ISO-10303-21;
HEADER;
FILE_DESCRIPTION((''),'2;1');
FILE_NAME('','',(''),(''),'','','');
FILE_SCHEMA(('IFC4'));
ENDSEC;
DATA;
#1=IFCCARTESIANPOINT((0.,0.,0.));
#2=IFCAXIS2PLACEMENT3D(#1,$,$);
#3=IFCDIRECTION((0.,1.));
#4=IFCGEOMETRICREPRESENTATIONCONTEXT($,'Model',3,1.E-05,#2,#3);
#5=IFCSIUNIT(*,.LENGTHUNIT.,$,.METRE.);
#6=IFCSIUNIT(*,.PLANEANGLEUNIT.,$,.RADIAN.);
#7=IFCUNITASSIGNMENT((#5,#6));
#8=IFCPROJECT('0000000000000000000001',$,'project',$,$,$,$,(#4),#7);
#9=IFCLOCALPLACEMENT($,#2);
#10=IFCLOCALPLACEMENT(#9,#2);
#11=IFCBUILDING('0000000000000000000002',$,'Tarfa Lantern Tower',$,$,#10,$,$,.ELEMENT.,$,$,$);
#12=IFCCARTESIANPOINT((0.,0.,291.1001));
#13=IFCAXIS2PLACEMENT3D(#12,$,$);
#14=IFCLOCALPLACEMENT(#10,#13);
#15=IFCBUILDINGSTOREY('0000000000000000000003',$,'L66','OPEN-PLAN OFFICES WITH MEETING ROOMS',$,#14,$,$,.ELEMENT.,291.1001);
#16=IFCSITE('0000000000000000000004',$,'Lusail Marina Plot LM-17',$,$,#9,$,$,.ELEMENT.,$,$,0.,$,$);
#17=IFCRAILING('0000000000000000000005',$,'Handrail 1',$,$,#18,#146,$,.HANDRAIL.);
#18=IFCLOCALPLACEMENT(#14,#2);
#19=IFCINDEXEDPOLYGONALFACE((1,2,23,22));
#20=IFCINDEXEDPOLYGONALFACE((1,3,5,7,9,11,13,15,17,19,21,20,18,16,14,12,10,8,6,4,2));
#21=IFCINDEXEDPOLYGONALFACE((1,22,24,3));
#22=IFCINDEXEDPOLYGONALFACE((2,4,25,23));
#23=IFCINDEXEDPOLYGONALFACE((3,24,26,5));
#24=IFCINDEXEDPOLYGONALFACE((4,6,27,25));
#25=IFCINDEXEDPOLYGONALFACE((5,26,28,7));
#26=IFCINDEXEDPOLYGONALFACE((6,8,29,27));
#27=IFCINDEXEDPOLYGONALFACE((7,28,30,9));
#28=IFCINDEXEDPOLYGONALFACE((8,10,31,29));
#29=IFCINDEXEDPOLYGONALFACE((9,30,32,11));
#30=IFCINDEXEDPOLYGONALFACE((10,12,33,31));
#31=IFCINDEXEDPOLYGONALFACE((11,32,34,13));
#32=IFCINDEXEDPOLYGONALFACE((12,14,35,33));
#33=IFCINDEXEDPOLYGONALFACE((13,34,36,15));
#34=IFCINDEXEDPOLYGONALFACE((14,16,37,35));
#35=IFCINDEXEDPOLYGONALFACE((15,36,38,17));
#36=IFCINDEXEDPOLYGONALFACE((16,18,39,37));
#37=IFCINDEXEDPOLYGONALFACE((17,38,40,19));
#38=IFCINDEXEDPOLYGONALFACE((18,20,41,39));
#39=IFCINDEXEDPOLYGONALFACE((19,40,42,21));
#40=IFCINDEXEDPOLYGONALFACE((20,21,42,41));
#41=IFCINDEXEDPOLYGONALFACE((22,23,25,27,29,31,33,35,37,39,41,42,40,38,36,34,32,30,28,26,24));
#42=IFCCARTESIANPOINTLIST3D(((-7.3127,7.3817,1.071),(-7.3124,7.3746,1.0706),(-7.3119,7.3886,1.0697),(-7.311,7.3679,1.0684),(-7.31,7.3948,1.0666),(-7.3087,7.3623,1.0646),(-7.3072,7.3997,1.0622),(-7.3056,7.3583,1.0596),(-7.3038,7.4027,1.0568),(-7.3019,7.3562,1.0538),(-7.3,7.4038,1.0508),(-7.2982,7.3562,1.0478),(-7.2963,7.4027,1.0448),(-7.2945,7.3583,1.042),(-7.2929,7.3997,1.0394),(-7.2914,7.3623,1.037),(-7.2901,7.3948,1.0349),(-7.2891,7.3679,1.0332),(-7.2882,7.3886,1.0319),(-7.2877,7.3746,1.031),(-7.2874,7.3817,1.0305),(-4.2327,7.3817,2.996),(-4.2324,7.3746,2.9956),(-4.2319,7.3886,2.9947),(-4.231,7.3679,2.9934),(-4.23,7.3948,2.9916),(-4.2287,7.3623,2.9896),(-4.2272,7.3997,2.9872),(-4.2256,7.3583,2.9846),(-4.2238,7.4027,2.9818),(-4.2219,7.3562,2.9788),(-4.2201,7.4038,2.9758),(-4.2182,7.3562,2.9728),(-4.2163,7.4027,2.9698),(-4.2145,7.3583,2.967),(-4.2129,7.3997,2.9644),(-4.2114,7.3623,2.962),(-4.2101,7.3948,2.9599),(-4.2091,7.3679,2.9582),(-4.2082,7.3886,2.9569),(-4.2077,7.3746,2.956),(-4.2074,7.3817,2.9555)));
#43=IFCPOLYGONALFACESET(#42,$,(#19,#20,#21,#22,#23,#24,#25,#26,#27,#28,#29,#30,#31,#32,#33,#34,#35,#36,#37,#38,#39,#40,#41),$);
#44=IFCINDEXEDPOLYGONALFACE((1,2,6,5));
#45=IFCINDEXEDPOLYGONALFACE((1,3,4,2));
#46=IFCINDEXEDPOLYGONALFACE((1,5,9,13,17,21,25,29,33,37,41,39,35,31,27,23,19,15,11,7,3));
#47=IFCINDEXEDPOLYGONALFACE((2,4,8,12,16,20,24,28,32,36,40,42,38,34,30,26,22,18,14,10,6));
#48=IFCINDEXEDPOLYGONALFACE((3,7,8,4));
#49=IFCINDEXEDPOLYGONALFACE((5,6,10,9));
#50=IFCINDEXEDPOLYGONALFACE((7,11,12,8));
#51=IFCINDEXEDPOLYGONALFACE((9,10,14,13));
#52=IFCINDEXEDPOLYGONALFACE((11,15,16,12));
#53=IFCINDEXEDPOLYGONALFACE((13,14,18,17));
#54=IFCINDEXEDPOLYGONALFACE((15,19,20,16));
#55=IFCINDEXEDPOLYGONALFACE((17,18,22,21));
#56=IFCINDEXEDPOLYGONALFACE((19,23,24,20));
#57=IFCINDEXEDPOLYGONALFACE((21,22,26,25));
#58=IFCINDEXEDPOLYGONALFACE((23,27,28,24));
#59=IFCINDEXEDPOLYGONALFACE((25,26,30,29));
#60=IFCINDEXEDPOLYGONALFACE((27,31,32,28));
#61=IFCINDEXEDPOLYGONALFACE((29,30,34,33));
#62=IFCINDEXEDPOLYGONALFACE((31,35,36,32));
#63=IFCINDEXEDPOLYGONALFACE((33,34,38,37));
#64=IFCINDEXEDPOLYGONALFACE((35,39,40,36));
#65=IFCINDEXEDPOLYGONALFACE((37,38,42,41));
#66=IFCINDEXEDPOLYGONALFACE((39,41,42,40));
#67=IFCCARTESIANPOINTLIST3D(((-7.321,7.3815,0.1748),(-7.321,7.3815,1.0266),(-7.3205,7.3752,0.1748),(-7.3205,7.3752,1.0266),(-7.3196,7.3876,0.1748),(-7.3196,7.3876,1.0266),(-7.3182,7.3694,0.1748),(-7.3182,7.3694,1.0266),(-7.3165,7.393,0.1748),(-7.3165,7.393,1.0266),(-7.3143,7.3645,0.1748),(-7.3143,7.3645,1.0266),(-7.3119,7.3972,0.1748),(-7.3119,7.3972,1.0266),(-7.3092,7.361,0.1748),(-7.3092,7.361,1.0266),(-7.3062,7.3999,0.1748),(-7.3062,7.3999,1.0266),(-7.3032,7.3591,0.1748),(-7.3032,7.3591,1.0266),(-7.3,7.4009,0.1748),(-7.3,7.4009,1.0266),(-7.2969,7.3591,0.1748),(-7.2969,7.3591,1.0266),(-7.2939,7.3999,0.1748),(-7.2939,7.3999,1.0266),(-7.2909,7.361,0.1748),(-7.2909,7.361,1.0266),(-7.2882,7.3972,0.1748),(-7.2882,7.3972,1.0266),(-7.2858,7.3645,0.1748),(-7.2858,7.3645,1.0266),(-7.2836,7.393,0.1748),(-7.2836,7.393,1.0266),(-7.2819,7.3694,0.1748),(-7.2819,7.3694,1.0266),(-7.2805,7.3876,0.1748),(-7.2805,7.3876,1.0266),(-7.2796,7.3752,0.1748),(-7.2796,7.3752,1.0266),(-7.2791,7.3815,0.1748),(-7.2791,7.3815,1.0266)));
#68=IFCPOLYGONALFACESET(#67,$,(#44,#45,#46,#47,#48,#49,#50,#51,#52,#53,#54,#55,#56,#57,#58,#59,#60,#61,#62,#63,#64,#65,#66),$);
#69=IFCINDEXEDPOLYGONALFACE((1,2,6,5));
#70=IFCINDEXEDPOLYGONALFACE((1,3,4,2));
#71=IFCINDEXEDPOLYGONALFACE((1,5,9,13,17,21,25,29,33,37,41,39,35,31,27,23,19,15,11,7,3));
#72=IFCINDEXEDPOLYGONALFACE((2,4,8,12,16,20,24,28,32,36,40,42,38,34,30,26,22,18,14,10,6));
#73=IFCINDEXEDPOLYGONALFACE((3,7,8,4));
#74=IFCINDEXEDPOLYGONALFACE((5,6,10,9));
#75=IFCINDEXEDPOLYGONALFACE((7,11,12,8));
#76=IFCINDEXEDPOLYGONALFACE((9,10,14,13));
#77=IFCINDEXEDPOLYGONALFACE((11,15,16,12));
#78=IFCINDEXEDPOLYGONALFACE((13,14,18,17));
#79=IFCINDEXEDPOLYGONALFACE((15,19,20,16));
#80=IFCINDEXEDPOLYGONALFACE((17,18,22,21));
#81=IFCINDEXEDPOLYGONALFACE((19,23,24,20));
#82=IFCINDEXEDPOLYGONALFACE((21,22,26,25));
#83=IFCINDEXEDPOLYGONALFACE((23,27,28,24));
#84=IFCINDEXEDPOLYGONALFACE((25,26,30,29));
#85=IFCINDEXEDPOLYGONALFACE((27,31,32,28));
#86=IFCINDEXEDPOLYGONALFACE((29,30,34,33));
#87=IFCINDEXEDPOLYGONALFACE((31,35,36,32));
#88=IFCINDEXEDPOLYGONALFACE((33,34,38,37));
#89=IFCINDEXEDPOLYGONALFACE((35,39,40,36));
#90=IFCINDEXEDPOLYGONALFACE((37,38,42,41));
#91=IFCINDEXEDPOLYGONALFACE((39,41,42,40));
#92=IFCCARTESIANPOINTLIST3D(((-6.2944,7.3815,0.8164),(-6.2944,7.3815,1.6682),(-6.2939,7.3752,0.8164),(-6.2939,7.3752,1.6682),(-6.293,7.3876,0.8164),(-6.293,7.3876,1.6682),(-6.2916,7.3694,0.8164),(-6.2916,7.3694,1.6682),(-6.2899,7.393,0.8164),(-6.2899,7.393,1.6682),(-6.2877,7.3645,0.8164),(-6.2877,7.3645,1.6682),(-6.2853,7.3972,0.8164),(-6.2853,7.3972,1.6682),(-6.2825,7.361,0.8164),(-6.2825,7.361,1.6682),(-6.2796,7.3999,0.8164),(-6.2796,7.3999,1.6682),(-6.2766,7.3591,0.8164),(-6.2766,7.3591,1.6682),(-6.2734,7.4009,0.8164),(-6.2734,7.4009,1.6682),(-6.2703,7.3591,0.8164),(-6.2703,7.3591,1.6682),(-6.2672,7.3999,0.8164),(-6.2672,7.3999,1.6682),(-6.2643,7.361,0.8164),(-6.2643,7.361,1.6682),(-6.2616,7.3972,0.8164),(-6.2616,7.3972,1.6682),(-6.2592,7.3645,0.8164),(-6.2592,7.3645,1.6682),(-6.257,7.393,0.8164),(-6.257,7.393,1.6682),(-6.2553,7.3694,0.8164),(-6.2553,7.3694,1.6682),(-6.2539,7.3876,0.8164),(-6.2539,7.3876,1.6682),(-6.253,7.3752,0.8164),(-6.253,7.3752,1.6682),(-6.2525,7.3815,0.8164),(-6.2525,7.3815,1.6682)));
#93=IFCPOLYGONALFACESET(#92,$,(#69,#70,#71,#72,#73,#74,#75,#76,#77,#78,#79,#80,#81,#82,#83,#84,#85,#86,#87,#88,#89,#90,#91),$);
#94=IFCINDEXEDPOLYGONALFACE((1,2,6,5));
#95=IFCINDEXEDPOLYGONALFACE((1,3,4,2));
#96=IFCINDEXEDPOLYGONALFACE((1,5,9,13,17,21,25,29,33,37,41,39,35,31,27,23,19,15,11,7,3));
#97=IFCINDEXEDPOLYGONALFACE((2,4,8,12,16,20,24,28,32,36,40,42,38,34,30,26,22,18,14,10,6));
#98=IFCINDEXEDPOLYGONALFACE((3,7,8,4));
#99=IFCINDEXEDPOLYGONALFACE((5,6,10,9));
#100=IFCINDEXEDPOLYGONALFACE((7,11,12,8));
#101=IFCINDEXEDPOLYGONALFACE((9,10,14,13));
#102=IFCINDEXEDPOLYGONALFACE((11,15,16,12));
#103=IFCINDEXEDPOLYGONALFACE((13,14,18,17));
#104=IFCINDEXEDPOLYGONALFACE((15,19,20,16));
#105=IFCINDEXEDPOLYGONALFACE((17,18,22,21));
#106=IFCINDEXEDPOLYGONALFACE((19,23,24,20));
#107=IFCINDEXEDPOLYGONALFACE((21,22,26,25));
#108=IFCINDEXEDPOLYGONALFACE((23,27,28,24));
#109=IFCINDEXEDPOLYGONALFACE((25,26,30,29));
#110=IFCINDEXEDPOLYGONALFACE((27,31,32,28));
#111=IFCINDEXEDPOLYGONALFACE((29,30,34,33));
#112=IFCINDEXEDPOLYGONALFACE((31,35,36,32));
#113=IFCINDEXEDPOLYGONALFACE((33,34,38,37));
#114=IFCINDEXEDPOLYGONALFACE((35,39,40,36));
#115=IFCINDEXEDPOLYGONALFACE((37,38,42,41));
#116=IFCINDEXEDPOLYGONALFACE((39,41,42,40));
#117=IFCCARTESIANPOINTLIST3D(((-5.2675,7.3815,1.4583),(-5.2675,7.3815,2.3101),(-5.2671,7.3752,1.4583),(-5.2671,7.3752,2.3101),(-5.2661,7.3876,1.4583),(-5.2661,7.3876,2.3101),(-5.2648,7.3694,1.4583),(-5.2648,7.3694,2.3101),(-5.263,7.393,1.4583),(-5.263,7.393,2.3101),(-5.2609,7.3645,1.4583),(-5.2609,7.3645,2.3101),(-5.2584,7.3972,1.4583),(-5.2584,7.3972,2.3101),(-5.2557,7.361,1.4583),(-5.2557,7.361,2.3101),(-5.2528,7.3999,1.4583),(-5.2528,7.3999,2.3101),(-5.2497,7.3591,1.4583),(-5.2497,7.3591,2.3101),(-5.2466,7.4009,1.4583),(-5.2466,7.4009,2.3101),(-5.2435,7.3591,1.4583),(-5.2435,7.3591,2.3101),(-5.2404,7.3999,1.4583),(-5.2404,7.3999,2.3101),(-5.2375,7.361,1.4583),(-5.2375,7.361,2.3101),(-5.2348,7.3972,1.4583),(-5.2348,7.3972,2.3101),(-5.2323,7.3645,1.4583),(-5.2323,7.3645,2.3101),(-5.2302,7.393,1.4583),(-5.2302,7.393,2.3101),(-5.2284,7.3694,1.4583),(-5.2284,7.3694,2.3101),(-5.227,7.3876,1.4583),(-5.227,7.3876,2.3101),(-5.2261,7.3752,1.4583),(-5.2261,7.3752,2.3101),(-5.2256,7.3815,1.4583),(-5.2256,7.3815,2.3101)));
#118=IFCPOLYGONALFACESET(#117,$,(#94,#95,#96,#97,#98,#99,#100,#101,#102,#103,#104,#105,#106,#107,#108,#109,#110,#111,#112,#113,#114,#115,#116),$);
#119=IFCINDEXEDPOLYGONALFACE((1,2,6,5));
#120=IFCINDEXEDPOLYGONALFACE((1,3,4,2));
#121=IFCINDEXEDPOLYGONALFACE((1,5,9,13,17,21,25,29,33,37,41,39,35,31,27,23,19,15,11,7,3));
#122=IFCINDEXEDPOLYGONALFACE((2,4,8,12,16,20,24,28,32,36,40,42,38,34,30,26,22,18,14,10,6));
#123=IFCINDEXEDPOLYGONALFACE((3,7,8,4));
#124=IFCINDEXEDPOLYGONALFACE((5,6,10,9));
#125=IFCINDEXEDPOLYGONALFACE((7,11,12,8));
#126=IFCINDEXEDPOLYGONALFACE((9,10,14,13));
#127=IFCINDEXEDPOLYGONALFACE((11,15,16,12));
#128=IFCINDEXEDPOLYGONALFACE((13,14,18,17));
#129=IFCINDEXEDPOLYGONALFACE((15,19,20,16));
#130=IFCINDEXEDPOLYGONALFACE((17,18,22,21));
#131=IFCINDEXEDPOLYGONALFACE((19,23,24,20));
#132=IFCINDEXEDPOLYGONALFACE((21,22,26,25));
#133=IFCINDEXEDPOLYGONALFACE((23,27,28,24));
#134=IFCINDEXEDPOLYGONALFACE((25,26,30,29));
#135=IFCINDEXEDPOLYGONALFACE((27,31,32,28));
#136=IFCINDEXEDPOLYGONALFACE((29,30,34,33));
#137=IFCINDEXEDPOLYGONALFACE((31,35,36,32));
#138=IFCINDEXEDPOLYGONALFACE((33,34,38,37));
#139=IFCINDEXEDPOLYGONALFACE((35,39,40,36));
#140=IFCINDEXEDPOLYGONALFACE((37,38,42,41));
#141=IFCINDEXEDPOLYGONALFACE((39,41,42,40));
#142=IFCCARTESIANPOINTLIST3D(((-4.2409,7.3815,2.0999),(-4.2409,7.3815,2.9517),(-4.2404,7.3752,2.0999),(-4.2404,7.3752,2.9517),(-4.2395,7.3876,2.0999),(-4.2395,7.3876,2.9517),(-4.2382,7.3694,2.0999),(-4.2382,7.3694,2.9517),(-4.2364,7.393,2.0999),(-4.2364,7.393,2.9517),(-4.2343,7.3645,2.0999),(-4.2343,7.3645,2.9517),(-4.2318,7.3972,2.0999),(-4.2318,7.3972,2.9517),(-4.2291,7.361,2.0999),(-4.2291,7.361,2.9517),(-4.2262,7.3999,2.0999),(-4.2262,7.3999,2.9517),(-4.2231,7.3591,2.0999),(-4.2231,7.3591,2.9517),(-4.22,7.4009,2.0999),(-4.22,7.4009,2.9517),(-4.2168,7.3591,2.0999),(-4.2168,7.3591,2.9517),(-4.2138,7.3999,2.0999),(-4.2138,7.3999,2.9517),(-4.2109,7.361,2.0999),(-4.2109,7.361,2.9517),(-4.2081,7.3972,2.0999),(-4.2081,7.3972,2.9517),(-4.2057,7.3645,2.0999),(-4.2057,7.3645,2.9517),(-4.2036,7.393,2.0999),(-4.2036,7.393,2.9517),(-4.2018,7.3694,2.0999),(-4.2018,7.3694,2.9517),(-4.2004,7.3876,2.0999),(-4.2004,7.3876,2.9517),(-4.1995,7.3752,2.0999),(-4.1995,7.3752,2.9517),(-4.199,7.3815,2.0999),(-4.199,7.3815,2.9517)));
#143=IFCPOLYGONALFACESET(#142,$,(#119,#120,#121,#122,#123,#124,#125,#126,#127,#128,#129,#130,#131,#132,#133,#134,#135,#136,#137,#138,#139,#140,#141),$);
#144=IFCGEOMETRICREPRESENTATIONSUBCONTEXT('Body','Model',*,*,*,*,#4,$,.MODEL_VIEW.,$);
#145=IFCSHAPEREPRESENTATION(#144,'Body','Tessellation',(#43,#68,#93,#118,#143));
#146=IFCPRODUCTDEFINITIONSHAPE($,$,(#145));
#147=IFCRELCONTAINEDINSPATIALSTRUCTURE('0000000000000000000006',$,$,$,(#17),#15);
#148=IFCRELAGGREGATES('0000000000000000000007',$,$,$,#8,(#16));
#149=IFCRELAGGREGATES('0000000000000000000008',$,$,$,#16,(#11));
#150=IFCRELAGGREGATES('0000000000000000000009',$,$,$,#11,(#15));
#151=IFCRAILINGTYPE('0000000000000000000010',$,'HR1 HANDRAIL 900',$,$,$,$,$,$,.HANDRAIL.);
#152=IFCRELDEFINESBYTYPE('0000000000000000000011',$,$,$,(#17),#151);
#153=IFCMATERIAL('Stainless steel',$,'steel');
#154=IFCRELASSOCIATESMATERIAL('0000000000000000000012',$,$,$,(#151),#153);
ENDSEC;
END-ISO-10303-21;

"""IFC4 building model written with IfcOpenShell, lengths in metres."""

from ifc_helpers import new_model, si_unit, direction, frame, origin, origin_2d, place, context, subcontext, project, spatial, circle, extrude, material, type_object, element, save


model = new_model("IFC4")

# Units and contexts
model_context = context("Model", 3, precision=1e-05, world=origin(), true_north=direction((0.0, 1.0)))
body_context = subcontext(model_context, "Body", "Model", "MODEL_VIEW")
ifc_project = project(units=[si_unit("LENGTHUNIT", "METRE"), si_unit("PLANEANGLEUNIT", "RADIAN")], contexts=[model_context])

# Site, building, storey
site_placement = place(None, origin())
site = spatial("IfcSite", under=ifc_project, at=site_placement, Name="Lusail Marina Plot LM-17", CompositionType="ELEMENT", RefElevation=0.0)
building_placement = place(site_placement, origin())
building = spatial("IfcBuilding", under=site, at=building_placement, Name="Tarfa Lantern Tower", CompositionType="ELEMENT")
storey_placement = place(building_placement, frame((0.0, 0.0, 291.1001)))
storey = spatial("IfcBuildingStorey", under=building, at=storey_placement, Name="L66", Description="OPEN-PLAN OFFICES WITH MEETING ROOMS", CompositionType="ELEMENT", Elevation=291.1001)

# Railing
ifc_material_1 = material(Name="Stainless steel", Category="steel")
railing_type = type_object("IfcRailingType", Name="HR1 HANDRAIL 900", PredefinedType="HANDRAIL", material=ifc_material_1)
railing_1_placement = place(storey_placement, frame((-7.3, 7.3799, 0.1748)))
element("IfcRailing", 1, at=railing_1_placement, inside=storey, type_object=railing_type, Name="Handrail 1", PredefinedType="HANDRAIL", context=body_context, shape_type="SweptSolid", body=[
    extrude(circle(Radius=0.0239, at=origin_2d()), frame((0.0, 0.0, 0.876), z_axis=(0.847998, 0.0, 0.529999), x_axis=(0.0, 1.0, 0.0)), (0.0, 0.0, 1.0), 3.6321),
    extrude(circle(Radius=0.021, at=origin_2d()), frame((0.0, 0.0, 0.0), z_axis=(0.0, 0.0, 1.0), x_axis=(0.0, 1.0, 0.0)), (0.0, 0.0, 1.0), 0.8518),
    extrude(circle(Radius=0.021, at=origin_2d()), frame((1.0266, 0.0, 0.6416), z_axis=(0.0, 0.0, 1.0), x_axis=(0.0, 1.0, 0.0)), (0.0, 0.0, 1.0), 0.8518),
    extrude(circle(Radius=0.021, at=origin_2d()), frame((2.0535, 0.0, 1.2834), z_axis=(0.0, 0.0, 1.0), x_axis=(0.0, 1.0, 0.0)), (0.0, 0.0, 1.0), 0.8518),
    extrude(circle(Radius=0.021, at=origin_2d()), frame((3.0801, 0.0, 1.925), z_axis=(0.0, 0.0, 1.0), x_axis=(0.0, 1.0, 0.0)), (0.0, 0.0, 1.0), 0.8518),
])

save(model, "model.ifc")
